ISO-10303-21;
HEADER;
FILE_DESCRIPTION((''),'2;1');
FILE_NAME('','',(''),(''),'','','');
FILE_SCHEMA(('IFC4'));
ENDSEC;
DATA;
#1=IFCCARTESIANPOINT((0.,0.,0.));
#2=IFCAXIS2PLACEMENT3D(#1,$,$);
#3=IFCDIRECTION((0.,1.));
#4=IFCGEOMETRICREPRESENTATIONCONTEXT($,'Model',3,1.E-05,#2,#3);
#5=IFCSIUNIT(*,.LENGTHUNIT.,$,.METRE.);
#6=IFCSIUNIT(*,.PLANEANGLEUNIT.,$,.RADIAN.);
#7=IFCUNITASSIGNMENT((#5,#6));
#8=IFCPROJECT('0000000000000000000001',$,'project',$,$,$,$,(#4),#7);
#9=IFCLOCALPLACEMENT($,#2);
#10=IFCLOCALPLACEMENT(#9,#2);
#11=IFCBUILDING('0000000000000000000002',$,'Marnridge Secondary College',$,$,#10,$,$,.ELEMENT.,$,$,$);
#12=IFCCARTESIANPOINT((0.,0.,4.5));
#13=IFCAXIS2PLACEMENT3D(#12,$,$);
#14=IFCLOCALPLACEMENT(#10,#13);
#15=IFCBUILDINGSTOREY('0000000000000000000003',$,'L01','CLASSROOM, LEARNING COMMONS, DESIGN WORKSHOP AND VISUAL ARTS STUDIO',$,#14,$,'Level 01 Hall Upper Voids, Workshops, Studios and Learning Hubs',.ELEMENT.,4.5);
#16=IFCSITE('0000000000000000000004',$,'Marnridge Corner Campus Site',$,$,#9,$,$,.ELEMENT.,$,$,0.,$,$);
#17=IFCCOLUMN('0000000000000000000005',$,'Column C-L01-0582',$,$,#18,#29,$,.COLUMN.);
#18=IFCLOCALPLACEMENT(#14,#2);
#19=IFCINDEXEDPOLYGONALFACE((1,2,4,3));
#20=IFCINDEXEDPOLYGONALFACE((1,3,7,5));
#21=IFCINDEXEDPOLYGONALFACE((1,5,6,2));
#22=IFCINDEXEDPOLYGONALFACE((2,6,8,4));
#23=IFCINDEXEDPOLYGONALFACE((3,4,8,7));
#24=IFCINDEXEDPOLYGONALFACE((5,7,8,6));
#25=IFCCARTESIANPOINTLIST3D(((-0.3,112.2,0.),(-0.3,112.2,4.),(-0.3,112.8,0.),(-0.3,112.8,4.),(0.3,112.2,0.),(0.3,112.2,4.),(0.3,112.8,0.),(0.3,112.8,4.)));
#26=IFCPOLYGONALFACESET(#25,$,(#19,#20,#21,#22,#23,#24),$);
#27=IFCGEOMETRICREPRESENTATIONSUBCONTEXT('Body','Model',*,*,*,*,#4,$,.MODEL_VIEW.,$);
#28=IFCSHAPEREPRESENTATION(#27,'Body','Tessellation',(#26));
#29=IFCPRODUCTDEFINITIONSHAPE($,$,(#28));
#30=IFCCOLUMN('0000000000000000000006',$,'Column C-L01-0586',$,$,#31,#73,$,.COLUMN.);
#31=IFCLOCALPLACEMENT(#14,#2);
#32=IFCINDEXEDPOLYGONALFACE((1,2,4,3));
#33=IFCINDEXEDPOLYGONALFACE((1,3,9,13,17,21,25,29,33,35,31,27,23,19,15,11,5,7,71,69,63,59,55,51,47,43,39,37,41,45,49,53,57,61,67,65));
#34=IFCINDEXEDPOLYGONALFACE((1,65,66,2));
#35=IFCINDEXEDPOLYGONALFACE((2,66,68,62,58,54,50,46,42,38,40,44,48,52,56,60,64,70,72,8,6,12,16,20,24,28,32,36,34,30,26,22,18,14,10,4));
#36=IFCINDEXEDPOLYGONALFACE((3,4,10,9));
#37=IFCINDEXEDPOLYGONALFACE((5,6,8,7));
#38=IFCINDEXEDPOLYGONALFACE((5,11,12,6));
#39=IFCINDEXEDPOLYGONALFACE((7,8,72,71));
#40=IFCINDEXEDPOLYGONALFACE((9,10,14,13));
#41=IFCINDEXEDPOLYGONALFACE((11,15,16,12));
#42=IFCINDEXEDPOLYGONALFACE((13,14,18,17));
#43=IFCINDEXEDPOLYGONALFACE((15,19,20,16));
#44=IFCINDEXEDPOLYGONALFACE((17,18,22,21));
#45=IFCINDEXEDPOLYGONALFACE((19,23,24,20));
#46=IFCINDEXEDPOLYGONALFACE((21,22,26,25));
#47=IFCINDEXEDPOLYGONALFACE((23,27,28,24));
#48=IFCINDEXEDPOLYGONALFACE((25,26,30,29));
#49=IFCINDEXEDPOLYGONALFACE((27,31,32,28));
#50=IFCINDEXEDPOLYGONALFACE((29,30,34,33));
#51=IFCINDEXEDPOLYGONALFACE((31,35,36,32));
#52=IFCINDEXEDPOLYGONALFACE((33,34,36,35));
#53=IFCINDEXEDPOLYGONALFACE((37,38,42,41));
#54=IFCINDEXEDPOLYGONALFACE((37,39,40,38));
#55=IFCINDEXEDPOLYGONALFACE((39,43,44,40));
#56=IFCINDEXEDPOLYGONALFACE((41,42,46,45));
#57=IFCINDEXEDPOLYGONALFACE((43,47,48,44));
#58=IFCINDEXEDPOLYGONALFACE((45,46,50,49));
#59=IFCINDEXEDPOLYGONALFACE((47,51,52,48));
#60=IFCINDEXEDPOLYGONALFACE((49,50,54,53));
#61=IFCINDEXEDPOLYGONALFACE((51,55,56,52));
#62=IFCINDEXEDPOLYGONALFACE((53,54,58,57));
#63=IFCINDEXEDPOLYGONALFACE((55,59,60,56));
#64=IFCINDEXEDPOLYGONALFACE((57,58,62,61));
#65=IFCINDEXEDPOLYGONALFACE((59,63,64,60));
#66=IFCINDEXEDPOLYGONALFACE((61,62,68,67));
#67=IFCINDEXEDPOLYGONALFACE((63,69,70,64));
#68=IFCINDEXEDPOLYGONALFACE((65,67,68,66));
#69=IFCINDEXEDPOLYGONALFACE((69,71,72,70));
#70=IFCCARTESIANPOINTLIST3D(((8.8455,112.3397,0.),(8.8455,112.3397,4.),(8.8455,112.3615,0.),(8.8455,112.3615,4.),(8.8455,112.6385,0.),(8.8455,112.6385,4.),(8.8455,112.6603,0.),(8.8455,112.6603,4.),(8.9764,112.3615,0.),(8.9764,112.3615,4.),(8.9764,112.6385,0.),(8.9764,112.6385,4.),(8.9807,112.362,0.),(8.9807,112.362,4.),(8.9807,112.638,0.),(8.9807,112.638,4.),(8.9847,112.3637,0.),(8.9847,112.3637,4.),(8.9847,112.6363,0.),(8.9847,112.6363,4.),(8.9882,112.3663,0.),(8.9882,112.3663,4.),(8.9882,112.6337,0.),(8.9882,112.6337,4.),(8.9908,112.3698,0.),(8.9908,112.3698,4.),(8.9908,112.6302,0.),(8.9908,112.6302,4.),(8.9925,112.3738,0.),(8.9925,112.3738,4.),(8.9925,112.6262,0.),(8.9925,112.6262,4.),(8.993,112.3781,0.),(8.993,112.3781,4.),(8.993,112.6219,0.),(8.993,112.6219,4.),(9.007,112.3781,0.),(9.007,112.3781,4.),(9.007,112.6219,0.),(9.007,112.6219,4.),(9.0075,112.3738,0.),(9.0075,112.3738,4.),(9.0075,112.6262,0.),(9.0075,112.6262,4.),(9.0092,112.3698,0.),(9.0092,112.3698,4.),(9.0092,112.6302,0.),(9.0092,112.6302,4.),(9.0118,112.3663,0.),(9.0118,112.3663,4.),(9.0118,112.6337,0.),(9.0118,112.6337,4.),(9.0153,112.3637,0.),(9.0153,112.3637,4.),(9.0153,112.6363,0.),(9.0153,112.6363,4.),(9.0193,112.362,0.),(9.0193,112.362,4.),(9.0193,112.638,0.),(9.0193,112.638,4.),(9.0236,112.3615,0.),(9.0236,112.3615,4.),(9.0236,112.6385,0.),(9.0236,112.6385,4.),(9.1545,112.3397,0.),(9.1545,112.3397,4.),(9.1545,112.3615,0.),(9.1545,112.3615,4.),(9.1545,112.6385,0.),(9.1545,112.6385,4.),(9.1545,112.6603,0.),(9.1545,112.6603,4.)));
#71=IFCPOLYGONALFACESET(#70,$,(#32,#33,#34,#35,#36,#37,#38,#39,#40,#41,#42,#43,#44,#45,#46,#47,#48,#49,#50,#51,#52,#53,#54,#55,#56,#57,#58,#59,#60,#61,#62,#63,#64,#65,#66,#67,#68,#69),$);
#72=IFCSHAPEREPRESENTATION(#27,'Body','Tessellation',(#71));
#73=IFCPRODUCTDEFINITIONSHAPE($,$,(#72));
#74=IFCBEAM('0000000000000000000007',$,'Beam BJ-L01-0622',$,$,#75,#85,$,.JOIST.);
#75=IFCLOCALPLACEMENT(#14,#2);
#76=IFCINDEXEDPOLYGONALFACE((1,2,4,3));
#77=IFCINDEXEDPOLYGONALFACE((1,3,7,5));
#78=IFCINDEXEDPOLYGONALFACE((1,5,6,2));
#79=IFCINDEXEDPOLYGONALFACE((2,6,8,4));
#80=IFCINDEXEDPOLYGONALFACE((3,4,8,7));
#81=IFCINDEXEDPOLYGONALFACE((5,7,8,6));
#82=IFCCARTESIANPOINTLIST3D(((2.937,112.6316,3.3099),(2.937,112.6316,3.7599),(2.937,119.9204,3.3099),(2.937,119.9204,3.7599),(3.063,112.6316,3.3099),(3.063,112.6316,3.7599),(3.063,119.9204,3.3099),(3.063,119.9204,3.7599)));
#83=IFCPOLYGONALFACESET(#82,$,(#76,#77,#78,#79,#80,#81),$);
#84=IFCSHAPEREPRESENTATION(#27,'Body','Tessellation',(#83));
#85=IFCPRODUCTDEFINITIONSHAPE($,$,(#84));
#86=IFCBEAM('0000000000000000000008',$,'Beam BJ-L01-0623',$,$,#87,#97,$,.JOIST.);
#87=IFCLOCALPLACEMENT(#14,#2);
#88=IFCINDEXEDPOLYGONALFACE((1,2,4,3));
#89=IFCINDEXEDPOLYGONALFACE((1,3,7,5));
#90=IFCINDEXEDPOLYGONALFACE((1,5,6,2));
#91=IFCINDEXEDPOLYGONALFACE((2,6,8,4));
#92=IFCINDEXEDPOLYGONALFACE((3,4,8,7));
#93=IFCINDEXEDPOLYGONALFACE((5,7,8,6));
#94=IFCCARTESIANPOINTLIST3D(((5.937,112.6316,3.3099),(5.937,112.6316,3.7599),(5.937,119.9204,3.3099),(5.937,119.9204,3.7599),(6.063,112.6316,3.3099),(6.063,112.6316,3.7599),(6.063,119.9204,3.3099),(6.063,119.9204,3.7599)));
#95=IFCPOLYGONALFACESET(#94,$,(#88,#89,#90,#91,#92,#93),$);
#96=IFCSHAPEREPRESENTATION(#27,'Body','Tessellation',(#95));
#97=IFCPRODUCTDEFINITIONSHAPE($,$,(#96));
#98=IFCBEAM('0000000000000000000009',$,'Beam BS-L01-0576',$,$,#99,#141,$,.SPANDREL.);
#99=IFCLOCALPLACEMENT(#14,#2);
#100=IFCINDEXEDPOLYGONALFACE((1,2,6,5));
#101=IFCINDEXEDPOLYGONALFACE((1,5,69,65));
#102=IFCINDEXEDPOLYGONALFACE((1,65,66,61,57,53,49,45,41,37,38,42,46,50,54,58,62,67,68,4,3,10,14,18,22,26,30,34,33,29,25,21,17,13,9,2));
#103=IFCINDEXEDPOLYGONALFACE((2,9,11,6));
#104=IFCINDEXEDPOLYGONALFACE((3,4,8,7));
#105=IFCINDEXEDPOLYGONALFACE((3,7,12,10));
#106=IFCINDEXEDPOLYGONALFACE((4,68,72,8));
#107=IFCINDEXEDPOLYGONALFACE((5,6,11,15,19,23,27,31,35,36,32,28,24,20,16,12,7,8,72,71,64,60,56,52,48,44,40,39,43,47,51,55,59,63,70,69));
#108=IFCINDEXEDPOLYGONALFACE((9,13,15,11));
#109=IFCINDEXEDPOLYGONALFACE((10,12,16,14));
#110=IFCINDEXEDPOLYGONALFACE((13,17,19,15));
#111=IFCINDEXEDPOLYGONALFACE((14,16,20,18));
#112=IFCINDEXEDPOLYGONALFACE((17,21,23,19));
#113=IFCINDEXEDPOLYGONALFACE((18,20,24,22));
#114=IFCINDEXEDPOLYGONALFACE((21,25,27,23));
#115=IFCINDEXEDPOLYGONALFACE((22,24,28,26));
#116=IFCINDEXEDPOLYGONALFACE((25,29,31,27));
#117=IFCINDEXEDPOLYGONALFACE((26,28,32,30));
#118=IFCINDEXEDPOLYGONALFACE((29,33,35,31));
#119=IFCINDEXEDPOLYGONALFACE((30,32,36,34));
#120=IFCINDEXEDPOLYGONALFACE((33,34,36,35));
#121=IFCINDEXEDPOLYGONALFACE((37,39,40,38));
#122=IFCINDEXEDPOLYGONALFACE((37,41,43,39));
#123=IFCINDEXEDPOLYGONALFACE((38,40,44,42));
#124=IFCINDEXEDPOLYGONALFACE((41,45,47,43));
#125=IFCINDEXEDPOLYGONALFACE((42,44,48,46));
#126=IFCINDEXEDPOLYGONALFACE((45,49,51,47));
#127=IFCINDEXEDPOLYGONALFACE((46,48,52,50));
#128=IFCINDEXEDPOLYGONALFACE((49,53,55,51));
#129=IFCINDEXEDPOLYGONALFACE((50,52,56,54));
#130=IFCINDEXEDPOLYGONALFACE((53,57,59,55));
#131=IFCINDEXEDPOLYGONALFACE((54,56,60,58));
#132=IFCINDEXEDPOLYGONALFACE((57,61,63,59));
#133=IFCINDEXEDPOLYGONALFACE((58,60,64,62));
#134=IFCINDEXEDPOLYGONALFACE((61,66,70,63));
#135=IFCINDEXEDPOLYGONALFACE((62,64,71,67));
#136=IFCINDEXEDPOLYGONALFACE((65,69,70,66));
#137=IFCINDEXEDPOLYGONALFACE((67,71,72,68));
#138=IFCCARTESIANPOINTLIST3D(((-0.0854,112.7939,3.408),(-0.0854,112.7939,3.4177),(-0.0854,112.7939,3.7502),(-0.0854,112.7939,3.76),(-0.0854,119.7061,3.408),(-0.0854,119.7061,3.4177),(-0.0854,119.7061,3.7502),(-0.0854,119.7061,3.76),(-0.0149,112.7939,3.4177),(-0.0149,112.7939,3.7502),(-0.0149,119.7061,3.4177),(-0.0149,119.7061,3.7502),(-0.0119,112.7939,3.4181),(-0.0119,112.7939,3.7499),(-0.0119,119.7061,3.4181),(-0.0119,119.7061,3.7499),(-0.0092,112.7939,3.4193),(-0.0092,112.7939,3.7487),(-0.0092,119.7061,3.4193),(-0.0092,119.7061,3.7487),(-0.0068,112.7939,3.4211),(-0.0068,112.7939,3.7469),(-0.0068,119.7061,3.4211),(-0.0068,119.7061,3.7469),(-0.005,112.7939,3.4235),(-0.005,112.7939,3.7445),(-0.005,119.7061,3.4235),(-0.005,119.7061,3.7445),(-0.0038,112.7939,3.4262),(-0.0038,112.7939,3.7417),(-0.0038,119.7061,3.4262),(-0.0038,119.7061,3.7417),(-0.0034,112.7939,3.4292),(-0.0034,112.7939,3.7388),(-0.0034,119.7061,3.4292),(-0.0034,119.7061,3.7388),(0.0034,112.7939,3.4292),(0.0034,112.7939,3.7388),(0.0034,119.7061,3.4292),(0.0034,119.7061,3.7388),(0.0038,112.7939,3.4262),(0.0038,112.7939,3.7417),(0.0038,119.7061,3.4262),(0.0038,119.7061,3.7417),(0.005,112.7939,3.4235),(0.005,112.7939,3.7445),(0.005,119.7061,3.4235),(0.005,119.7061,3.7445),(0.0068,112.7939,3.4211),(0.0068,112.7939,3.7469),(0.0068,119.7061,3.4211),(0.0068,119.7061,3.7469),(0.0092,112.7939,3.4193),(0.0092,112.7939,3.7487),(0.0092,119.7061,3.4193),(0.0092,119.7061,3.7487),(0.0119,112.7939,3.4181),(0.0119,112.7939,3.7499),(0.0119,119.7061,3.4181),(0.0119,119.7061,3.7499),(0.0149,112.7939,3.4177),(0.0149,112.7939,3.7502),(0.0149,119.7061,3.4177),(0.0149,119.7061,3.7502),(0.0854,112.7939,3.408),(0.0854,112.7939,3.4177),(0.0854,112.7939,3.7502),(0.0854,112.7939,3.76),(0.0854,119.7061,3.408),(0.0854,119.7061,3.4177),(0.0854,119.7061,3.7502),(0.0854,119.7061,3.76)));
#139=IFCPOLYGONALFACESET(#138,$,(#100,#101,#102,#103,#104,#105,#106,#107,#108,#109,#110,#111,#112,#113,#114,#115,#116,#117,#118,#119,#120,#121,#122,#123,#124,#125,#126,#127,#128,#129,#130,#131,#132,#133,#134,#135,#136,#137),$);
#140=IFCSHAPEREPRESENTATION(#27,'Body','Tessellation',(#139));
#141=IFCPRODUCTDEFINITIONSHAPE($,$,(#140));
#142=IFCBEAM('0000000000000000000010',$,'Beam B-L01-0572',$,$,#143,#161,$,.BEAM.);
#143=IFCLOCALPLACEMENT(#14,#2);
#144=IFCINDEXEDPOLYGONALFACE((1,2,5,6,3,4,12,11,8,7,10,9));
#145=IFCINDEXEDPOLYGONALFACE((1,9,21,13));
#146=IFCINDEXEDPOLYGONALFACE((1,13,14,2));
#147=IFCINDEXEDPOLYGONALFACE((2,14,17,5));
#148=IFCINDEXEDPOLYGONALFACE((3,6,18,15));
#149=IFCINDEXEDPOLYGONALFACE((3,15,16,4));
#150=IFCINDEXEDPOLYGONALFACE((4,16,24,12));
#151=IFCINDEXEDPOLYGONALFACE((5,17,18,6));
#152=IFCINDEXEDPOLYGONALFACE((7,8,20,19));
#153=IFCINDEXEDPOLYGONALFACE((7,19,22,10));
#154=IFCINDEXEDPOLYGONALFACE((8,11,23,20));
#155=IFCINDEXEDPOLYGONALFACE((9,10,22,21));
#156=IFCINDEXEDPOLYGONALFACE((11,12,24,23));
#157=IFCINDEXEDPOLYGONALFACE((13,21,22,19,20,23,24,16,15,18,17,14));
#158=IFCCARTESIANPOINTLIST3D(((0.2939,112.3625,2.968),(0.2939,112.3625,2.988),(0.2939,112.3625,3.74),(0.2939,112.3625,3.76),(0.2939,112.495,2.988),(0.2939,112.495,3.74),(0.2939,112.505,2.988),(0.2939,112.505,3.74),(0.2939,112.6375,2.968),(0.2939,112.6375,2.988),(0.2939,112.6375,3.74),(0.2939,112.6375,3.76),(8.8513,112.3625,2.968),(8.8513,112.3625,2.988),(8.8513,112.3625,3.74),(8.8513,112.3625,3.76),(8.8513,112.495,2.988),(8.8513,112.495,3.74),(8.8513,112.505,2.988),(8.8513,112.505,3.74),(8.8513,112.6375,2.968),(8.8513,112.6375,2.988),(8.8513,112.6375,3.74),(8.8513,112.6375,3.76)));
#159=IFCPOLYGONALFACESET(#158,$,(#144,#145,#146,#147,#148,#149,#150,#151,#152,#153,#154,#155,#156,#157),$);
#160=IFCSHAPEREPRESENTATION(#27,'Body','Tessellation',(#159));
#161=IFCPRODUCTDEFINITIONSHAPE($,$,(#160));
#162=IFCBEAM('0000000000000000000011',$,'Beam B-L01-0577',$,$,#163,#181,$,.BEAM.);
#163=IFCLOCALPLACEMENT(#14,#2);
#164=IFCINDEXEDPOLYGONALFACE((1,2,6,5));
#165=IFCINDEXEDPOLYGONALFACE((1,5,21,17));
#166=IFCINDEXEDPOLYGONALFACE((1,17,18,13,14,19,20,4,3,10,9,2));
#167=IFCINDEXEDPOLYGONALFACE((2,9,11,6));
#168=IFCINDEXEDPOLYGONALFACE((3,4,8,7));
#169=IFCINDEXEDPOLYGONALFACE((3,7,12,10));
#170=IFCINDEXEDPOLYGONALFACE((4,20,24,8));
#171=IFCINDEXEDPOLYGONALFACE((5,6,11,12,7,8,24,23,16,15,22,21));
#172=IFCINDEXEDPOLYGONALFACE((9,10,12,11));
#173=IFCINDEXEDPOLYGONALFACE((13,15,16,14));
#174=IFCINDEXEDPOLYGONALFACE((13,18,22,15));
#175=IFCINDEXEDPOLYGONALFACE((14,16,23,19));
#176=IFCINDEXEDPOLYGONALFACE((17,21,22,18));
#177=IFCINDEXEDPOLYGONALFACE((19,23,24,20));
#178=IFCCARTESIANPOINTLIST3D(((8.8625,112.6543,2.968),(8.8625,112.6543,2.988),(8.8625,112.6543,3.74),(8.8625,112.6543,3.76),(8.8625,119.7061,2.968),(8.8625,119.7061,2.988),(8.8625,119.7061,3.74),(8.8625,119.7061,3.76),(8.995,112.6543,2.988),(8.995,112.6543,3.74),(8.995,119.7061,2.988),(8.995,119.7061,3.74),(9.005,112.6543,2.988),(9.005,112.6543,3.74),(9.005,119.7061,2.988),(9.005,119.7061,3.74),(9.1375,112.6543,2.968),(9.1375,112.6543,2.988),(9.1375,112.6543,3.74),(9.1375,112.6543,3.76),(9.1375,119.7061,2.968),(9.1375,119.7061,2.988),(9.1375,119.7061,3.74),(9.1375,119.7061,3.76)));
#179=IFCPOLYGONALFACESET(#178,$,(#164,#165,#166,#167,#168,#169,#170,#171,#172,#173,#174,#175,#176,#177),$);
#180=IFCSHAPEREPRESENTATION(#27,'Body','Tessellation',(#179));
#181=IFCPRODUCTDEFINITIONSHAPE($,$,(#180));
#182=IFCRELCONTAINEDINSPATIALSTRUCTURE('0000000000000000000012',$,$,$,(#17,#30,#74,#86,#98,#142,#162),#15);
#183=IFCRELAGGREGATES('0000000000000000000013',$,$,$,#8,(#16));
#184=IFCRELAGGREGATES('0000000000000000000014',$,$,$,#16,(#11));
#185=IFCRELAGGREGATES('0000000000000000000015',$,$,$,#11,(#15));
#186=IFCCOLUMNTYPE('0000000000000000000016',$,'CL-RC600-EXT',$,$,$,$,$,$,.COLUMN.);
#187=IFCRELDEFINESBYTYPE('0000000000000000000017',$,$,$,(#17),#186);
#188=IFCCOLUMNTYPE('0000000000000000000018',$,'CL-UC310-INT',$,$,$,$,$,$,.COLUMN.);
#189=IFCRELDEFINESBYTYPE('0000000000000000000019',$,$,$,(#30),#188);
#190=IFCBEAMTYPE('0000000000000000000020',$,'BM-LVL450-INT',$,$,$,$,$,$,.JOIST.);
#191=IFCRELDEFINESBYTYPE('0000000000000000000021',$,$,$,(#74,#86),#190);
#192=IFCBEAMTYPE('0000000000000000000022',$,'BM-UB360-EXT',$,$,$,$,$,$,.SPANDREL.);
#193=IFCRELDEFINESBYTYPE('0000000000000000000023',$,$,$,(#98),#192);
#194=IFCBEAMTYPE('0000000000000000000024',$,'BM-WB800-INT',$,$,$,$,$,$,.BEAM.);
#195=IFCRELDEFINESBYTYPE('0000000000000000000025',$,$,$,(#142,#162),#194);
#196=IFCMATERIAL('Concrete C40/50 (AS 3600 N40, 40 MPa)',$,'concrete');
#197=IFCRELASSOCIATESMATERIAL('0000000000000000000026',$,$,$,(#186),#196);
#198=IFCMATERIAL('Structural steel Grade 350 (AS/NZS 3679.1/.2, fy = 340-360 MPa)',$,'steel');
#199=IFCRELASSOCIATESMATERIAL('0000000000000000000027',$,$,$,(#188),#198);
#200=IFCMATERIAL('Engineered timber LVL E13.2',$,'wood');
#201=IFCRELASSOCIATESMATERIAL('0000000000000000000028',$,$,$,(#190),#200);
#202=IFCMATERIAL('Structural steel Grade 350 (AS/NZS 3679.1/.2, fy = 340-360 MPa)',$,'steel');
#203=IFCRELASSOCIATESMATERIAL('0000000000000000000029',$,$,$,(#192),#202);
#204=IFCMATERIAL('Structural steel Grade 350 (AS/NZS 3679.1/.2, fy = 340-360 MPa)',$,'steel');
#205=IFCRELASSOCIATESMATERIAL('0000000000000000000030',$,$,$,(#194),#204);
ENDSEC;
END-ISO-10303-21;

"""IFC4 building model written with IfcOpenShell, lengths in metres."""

from ifc_helpers import new_model, si_unit, direction, frame, origin, origin_2d, place, context, subcontext, project, spatial, rectangle, i_section, extrude, material, material_profile, profile_set, type_object, element, save


model = new_model("IFC4")

# Units and contexts
model_context = context("Model", 3, precision=1e-05, world=origin(), true_north=direction((0.0, 1.0)))
body_context = subcontext(model_context, "Body", "Model", "MODEL_VIEW")
ifc_project = project(units=[si_unit("LENGTHUNIT", "METRE"), si_unit("PLANEANGLEUNIT", "RADIAN")], contexts=[model_context])

# Site, building, storey
site_placement = place(None, origin())
site = spatial("IfcSite", under=ifc_project, at=site_placement, Name="Marnridge Corner Campus Site", CompositionType="ELEMENT", RefElevation=0.0)
building_placement = place(site_placement, origin())
building = spatial("IfcBuilding", under=site, at=building_placement, Name="Marnridge Secondary College", CompositionType="ELEMENT")
storey_placement = place(building_placement, frame((0.0, 0.0, 4.5)))
storey = spatial("IfcBuildingStorey", under=building, at=storey_placement, Name="L01", Description="CLASSROOM, LEARNING COMMONS, DESIGN WORKSHOP AND VISUAL ARTS STUDIO", LongName="Level 01 Hall Upper Voids, Workshops, Studios and Learning Hubs", CompositionType="ELEMENT", Elevation=4.5)

# Columns
ifc_material_1 = material(Name="Concrete C40/50 (AS 3600 N40, 40 MPa)", Category="concrete")
ifc_material_profile_1 = material_profile(ifc_material_1, rectangle(XDim=0.6001, YDim=0.6001, at=origin_2d()), Name="RC 600x600")
ifc_profile_set_1 = profile_set([ifc_material_profile_1], Name="Concrete C40/50 (AS 3600 N40, 40 MPa)")
column_type_1 = type_object("IfcColumnType", Name="CL-RC600-EXT", PredefinedType="COLUMN", material=ifc_profile_set_1)
column_1_placement = place(storey_placement, frame((0.0, 112.5, 0.0), z_axis=(0.0, 0.0, 1.0), x_axis=(1.0, 0.0, 0.0)))
element("IfcColumn", 1, at=column_1_placement, inside=storey, type_object=column_type_1, Name="Column C-L01-0582", PredefinedType="COLUMN", context=body_context, shape_type="SweptSolid", body=[
    extrude(rectangle(XDim=0.6001, YDim=0.6001, at=origin_2d()), origin(), (0.0, 0.0, 1.0), 4.0),
])
ifc_material_2 = material(Name="Structural steel Grade 350 (AS/NZS 3679.1/.2, fy = 340-360 MPa)", Category="steel")
ifc_material_profile_2 = material_profile(ifc_material_2, i_section(OverallWidth=0.3091, OverallDepth=0.3206, WebThickness=0.0139, FlangeThickness=0.0217, FilletRadius=0.0166, at=origin_2d()), Name="310UC137")
ifc_profile_set_2 = profile_set([ifc_material_profile_2], Name="Structural steel Grade 350 (AS/NZS 3679.1/.2, fy = 340-360 MPa)")
column_type_2 = type_object("IfcColumnType", Name="CL-UC310-INT", PredefinedType="COLUMN", material=ifc_profile_set_2)
column_2_placement = place(storey_placement, frame((9.0, 112.5, 0.0), z_axis=(0.0, 0.0, 1.0), x_axis=(1.0, 0.0, 0.0)))
element("IfcColumn", 2, at=column_2_placement, inside=storey, type_object=column_type_2, Name="Column C-L01-0586", PredefinedType="COLUMN", context=body_context, shape_type="SweptSolid", body=[
    extrude(i_section(OverallWidth=0.3091, OverallDepth=0.3206, WebThickness=0.0139, FlangeThickness=0.0217, FilletRadius=0.0166, at=origin_2d()), origin(), (0.0, 0.0, 1.0), 4.0),
])

# Beams
ifc_material_3 = material(Name="Engineered timber LVL E13.2", Category="wood")
ifc_material_profile_3 = material_profile(ifc_material_3, rectangle(XDim=0.126, YDim=0.45, at=origin_2d()), Name="LVL 126x450")
ifc_profile_set_3 = profile_set([ifc_material_profile_3], Name="Engineered timber LVL E13.2")
beam_type_1 = type_object("IfcBeamType", Name="BM-LVL450-INT", PredefinedType="JOIST", material=ifc_profile_set_3)
for number, where, z_axis, x_axis, name in (
    (3, (3.0, 112.6316, 3.5349), (0.0, 1.0, 0.0), (-1.0, 0.0, 0.0), "Beam BJ-L01-0622"),
    (4, (6.0, 112.6316, 3.5349), (0.0, 1.0, 0.0), (-1.0, 0.0, 0.0), "Beam BJ-L01-0623"),
):
    element("IfcBeam", number, at=place(storey_placement, frame(where, z_axis=z_axis, x_axis=x_axis)), inside=storey, type_object=beam_type_1, Name=name, PredefinedType="JOIST", context=body_context, shape_type="SweptSolid", body=[
        extrude(rectangle(XDim=0.126, YDim=0.45, at=origin_2d()), origin(), (0.0, 0.0, 1.0), 7.2888),
    ])
ifc_material_4 = material(Name="Structural steel Grade 350 (AS/NZS 3679.1/.2, fy = 340-360 MPa)", Category="steel")
ifc_material_profile_4 = material_profile(ifc_material_4, i_section(OverallWidth=0.1709, OverallDepth=0.3521, WebThickness=0.0068, FlangeThickness=0.0098, FilletRadius=0.0115, at=origin_2d()), Name="360UB44.7")
ifc_profile_set_4 = profile_set([ifc_material_profile_4], Name="Structural steel Grade 350 (AS/NZS 3679.1/.2, fy = 340-360 MPa)")
beam_type_2 = type_object("IfcBeamType", Name="BM-UB360-EXT", PredefinedType="SPANDREL", material=ifc_profile_set_4)
beam_1_placement = place(storey_placement, frame((0.0, 112.7939, 3.584), z_axis=(0.0, 1.0, 0.0), x_axis=(-1.0, 0.0, 0.0)))
element("IfcBeam", 5, at=beam_1_placement, inside=storey, type_object=beam_type_2, Name="Beam BS-L01-0576", PredefinedType="SPANDREL", context=body_context, shape_type="SweptSolid", body=[
    extrude(i_section(OverallWidth=0.1709, OverallDepth=0.3521, WebThickness=0.0068, FlangeThickness=0.0098, FilletRadius=0.0115, at=origin_2d()), origin(), (0.0, 0.0, 1.0), 6.9121),
])
ifc_material_5 = material(Name="Structural steel Grade 350 (AS/NZS 3679.1/.2, fy = 340-360 MPa)", Category="steel")
ifc_material_profile_5 = material_profile(ifc_material_5, i_section(OverallWidth=0.2749, OverallDepth=0.792, WebThickness=0.01, FlangeThickness=0.02, at=origin_2d()), Name="800WB146")
ifc_profile_set_5 = profile_set([ifc_material_profile_5], Name="Structural steel Grade 350 (AS/NZS 3679.1/.2, fy = 340-360 MPa)")
beam_type_3 = type_object("IfcBeamType", Name="BM-WB800-INT", PredefinedType="BEAM", material=ifc_profile_set_5)
beam_2_placement = place(storey_placement, frame((0.2939, 112.5, 3.364), z_axis=(1.0, 0.0, 0.0), x_axis=(0.0, 1.0, 0.0)))
element("IfcBeam", 6, at=beam_2_placement, inside=storey, type_object=beam_type_3, Name="Beam B-L01-0572", PredefinedType="BEAM", context=body_context, shape_type="SweptSolid", body=[
    extrude(i_section(OverallWidth=0.2749, OverallDepth=0.792, WebThickness=0.01, FlangeThickness=0.02, at=origin_2d()), origin(), (0.0, 0.0, 1.0), 8.5574),
])
beam_3_placement = place(storey_placement, frame((9.0, 112.6543, 3.364), z_axis=(0.0, 1.0, 0.0), x_axis=(-1.0, 0.0, 0.0)))
element("IfcBeam", 7, at=beam_3_placement, inside=storey, type_object=beam_type_3, Name="Beam B-L01-0577", PredefinedType="BEAM", context=body_context, shape_type="SweptSolid", body=[
    extrude(i_section(OverallWidth=0.2749, OverallDepth=0.792, WebThickness=0.01, FlangeThickness=0.02, at=origin_2d()), origin(), (0.0, 0.0, 1.0), 7.0518),
])

save(model, "model.ifc")
